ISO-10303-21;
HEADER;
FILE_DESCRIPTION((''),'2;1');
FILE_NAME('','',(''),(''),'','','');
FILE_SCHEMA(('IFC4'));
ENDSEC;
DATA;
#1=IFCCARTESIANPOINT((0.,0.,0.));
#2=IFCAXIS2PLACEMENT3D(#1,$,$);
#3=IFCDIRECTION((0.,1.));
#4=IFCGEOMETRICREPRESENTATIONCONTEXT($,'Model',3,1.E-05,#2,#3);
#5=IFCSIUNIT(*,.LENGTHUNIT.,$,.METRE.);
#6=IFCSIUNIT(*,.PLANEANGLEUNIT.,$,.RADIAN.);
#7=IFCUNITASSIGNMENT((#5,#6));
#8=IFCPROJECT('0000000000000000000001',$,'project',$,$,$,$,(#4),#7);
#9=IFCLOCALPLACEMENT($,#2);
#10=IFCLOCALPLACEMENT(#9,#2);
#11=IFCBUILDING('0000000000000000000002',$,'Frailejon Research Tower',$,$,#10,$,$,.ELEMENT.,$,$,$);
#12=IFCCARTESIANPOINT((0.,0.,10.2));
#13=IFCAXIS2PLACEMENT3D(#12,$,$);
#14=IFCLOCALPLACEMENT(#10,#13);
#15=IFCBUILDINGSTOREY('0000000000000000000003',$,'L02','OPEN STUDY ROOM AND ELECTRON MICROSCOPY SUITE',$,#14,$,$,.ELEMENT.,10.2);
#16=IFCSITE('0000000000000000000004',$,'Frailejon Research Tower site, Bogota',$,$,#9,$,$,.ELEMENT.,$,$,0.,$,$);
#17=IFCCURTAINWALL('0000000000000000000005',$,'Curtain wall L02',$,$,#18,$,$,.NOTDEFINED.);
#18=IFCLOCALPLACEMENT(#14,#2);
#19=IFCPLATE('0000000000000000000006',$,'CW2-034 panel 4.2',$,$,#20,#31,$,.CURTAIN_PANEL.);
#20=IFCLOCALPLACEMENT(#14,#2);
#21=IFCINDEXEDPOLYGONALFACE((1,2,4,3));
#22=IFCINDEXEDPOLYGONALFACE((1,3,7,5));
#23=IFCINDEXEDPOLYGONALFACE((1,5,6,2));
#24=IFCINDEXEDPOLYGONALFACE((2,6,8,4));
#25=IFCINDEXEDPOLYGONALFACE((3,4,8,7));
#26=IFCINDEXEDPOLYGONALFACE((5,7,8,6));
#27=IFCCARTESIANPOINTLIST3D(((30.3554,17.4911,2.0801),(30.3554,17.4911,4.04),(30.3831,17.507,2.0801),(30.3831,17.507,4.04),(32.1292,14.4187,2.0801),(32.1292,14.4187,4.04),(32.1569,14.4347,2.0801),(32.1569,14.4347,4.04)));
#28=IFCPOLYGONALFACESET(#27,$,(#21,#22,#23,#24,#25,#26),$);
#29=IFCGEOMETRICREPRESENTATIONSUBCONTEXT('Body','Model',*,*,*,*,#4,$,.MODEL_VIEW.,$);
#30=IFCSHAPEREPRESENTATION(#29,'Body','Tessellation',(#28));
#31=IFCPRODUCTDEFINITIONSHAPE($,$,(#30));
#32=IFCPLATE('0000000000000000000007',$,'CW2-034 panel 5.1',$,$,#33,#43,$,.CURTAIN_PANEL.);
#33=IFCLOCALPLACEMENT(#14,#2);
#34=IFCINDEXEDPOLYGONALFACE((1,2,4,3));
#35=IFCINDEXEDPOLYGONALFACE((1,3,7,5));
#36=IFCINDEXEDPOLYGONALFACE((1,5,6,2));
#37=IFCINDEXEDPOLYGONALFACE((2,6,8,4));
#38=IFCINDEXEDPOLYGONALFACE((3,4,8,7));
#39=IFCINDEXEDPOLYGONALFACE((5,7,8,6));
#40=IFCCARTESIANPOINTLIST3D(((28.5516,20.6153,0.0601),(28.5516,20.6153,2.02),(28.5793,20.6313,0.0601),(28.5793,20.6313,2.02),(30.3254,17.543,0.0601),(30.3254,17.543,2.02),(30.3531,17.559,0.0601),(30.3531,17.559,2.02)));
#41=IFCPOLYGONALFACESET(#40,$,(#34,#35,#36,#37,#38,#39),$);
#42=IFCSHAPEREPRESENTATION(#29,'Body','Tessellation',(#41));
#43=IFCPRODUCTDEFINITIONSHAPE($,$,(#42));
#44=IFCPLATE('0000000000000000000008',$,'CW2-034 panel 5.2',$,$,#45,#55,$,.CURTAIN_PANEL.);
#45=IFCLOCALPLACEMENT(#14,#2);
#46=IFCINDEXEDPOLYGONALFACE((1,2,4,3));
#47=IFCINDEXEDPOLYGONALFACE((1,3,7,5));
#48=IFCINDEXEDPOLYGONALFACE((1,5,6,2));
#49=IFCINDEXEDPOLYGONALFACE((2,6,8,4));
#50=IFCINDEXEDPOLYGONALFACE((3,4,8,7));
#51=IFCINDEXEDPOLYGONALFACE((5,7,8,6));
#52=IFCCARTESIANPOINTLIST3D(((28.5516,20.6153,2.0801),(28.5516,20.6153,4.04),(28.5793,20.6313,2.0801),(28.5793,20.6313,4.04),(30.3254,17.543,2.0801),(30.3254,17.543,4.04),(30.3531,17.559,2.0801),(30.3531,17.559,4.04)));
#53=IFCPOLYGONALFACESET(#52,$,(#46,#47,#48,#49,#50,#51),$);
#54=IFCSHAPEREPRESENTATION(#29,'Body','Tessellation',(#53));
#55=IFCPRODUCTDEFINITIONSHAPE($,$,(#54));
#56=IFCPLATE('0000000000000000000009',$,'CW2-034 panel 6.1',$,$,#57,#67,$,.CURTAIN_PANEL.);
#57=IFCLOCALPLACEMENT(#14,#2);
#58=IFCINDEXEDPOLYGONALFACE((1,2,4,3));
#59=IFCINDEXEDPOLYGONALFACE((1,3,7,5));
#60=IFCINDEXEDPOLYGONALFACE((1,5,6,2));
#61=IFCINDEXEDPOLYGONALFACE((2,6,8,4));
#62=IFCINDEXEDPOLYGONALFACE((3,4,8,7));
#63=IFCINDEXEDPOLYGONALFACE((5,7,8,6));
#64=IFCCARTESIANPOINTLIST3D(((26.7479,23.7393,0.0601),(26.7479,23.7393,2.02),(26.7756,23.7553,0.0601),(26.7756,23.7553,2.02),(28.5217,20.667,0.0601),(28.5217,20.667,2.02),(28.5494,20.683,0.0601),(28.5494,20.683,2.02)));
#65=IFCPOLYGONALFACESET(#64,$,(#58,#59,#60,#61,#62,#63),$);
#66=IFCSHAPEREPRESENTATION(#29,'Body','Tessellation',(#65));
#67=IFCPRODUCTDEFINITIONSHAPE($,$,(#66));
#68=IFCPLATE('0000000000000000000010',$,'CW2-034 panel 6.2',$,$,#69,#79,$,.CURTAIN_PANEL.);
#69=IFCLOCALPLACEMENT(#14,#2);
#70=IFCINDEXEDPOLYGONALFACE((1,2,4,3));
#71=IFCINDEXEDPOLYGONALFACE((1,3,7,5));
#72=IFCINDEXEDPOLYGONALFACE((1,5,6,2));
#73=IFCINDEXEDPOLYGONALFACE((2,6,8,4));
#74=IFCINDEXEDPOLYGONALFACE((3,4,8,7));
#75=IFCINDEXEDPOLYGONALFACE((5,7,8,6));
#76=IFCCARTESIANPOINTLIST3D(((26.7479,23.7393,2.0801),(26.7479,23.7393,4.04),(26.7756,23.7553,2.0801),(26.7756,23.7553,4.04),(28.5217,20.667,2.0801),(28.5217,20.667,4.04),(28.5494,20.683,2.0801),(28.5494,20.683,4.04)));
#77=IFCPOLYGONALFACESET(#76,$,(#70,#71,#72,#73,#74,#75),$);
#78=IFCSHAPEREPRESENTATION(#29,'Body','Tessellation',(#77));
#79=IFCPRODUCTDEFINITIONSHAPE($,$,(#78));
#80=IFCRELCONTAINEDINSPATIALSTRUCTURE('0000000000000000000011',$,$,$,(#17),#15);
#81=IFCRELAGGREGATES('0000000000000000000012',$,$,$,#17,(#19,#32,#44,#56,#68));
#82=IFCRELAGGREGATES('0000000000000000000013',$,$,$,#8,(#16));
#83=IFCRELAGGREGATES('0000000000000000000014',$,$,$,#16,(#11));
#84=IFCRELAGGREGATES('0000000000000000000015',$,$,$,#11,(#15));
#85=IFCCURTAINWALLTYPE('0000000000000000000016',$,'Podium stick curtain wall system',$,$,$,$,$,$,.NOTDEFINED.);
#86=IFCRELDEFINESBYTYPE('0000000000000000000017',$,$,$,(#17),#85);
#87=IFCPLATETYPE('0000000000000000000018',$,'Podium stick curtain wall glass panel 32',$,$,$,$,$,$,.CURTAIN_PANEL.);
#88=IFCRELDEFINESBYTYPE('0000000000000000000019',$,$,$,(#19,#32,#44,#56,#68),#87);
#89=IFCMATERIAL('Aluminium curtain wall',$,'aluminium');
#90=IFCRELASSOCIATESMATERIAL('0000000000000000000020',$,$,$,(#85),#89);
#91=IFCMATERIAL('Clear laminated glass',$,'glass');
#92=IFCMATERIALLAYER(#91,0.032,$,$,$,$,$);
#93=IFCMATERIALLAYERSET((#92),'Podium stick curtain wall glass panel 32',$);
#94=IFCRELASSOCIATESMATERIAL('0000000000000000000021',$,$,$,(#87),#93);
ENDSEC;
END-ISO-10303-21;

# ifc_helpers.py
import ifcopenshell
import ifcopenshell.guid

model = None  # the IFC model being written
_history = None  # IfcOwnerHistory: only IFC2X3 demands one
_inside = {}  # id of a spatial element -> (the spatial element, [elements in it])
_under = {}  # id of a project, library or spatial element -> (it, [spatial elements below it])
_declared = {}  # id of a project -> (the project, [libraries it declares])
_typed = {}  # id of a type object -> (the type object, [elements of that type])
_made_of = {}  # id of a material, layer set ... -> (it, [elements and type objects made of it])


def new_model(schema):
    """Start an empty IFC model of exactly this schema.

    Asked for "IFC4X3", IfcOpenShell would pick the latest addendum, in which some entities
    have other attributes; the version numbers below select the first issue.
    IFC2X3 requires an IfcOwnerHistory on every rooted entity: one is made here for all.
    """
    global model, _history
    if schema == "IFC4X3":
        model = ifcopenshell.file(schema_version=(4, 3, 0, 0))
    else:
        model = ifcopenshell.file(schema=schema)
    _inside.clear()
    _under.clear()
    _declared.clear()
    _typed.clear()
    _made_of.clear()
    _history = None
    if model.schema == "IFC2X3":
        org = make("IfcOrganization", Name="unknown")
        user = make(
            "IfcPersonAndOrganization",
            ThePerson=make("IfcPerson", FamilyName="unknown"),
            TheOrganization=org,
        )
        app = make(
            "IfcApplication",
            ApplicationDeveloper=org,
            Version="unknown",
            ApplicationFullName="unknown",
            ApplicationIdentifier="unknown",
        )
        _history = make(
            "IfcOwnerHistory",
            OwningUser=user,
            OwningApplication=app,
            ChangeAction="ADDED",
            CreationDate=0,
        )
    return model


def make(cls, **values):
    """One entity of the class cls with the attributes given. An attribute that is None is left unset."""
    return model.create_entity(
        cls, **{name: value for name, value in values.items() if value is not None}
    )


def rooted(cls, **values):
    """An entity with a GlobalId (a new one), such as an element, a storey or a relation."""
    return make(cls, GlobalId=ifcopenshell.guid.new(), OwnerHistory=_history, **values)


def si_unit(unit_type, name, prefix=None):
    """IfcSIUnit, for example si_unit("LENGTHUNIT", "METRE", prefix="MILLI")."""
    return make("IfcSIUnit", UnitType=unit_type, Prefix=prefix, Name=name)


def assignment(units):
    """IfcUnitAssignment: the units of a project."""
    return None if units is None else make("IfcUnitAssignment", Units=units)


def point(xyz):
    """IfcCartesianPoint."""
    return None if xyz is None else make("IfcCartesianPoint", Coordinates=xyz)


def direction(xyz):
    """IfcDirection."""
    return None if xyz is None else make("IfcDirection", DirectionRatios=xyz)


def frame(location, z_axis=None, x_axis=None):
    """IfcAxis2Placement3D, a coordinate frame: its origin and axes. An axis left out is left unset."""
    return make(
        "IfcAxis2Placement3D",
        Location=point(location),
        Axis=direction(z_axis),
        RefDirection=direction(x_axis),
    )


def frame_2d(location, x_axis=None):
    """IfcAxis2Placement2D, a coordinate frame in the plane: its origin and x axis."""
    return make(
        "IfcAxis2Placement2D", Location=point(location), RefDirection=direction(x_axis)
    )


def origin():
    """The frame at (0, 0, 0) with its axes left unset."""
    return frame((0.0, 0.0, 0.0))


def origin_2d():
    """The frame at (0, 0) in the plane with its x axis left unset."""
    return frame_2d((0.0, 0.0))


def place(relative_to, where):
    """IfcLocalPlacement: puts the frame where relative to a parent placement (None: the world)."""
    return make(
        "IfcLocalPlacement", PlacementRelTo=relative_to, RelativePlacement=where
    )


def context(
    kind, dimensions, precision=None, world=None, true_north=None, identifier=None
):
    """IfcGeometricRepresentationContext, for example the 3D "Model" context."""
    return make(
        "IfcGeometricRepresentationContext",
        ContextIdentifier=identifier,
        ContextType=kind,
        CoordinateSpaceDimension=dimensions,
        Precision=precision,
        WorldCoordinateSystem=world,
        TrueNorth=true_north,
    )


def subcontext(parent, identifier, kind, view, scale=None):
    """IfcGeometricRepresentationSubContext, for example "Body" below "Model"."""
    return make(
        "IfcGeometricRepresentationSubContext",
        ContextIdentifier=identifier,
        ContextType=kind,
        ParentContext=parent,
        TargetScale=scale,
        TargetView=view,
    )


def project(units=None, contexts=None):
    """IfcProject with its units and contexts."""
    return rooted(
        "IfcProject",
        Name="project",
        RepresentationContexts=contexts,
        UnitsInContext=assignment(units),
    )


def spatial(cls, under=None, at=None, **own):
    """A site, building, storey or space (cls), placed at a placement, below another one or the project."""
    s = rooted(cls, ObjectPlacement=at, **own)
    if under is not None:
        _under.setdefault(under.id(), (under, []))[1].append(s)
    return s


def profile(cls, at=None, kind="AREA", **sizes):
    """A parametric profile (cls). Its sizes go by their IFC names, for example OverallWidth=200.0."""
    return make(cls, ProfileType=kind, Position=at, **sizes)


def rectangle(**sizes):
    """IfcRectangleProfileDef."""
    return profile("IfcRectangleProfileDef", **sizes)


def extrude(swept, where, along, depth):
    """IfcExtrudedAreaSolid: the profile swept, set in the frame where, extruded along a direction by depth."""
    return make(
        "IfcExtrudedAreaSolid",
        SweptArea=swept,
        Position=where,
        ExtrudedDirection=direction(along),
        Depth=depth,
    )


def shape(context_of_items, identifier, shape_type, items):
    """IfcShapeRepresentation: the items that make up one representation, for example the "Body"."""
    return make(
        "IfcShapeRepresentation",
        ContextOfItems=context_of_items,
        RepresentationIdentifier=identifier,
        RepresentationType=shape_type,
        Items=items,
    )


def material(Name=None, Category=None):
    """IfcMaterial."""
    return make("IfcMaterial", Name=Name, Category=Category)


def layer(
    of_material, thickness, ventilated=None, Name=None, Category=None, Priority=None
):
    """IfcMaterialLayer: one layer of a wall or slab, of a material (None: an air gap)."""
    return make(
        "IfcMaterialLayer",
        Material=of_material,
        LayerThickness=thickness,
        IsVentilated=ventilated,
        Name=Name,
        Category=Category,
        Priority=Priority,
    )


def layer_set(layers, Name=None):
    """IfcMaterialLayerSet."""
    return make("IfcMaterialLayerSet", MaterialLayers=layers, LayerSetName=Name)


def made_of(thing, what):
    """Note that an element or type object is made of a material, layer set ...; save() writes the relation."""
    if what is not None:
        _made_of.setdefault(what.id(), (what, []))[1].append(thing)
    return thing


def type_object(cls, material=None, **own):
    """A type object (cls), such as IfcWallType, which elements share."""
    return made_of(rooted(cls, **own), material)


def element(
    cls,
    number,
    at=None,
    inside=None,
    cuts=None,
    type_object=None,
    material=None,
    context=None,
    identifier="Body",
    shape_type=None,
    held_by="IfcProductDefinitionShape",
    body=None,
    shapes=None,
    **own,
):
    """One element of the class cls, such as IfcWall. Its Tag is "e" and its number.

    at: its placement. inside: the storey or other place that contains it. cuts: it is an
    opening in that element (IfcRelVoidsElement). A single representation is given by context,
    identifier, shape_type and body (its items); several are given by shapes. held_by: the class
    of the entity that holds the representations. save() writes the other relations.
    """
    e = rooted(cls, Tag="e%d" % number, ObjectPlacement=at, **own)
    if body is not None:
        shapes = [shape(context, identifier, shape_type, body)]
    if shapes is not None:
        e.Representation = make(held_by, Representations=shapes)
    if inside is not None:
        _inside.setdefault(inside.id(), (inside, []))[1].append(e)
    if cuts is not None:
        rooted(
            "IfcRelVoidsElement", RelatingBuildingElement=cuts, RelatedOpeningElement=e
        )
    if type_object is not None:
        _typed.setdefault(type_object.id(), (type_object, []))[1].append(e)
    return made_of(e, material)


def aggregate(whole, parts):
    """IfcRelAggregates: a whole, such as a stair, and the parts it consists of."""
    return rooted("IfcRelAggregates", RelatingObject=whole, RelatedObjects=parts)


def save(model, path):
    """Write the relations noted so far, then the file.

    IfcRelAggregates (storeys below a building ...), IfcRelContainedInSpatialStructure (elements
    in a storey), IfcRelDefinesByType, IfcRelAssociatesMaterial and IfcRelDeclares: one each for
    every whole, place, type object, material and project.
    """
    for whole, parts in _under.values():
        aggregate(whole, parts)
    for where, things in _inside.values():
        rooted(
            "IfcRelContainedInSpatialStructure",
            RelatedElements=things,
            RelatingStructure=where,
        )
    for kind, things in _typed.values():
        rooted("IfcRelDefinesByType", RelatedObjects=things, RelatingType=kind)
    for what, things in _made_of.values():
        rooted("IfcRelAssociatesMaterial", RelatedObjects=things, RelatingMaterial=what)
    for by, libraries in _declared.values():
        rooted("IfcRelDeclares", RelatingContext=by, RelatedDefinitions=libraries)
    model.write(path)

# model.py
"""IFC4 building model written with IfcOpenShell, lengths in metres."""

from ifc_helpers import new_model, si_unit, direction, frame, origin, origin_2d, place, context, subcontext, project, spatial, rectangle, extrude, material, layer, layer_set, type_object, element, aggregate, save


model = new_model("IFC4")

# Units and contexts
model_context = context("Model", 3, precision=1e-05, world=origin(), true_north=direction((0.0, 1.0)))
body_context = subcontext(model_context, "Body", "Model", "MODEL_VIEW")
ifc_project = project(units=[si_unit("LENGTHUNIT", "METRE"), si_unit("PLANEANGLEUNIT", "RADIAN")], contexts=[model_context])

# Site, building, storey
site_placement = place(None, origin())
site = spatial("IfcSite", under=ifc_project, at=site_placement, Name="Frailejon Research Tower site, Bogota", CompositionType="ELEMENT", RefElevation=0.0)
building_placement = place(site_placement, origin())
building = spatial("IfcBuilding", under=site, at=building_placement, Name="Frailejon Research Tower", CompositionType="ELEMENT")
storey_placement = place(building_placement, frame((0.0, 0.0, 10.2)))
storey = spatial("IfcBuildingStorey", under=building, at=storey_placement, Name="L02", Description="OPEN STUDY ROOM AND ELECTRON MICROSCOPY SUITE", CompositionType="ELEMENT", Elevation=10.2)

# Curtain wall, plates
ifc_material_1 = material(Name="Aluminium curtain wall", Category="aluminium")
curtain_wall_type = type_object("IfcCurtainWallType", Name="Podium stick curtain wall system", PredefinedType="NOTDEFINED", material=ifc_material_1)
curtain_wall_placement = place(storey_placement, origin())
curtain_wall = element("IfcCurtainWall", 1, at=curtain_wall_placement, inside=storey, type_object=curtain_wall_type, Name="Curtain wall L02", PredefinedType="NOTDEFINED")
ifc_material_2 = material(Name="Clear laminated glass", Category="glass")
ifc_layer = layer(ifc_material_2, 0.032)
ifc_layer_set = layer_set([ifc_layer], Name="Podium stick curtain wall glass panel 32")
plate_type = type_object("IfcPlateType", Name="Podium stick curtain wall glass panel 32", PredefinedType="CURTAIN_PANEL", material=ifc_layer_set)
plate_1_placement = place(storey_placement, frame((31.2561, 15.9629, 2.0801), z_axis=(0.0, 0.0, 1.0), x_axis=(-0.499998, 0.866026, 0.0)))
plate_1 = element("IfcPlate", 2, at=plate_1_placement, type_object=plate_type, Name="CW2-034 panel 4.2", PredefinedType="CURTAIN_PANEL", context=body_context, shape_type="SweptSolid", body=[
    extrude(rectangle(XDim=3.5476, YDim=0.032, at=origin_2d()), origin(), (0.0, 0.0, 1.0), 1.96),
])
plate_2_placement = place(storey_placement, frame((29.4524, 19.0872, 0.0601), z_axis=(0.0, 0.0, 1.0), x_axis=(-0.499998, 0.866026, 0.0)))
plate_2 = element("IfcPlate", 3, at=plate_2_placement, type_object=plate_type, Name="CW2-034 panel 5.1", PredefinedType="CURTAIN_PANEL", context=body_context, shape_type="SweptSolid", body=[
    extrude(rectangle(XDim=3.5476, YDim=0.032, at=origin_2d()), origin(), (0.0, 0.0, 1.0), 1.96),
])
plate_3_placement = place(storey_placement, frame((29.4524, 19.0872, 2.0801), z_axis=(0.0, 0.0, 1.0), x_axis=(-0.499998, 0.866026, 0.0)))
plate_3 = element("IfcPlate", 4, at=plate_3_placement, type_object=plate_type, Name="CW2-034 panel 5.2", PredefinedType="CURTAIN_PANEL", context=body_context, shape_type="SweptSolid", body=[
    extrude(rectangle(XDim=3.5476, YDim=0.032, at=origin_2d()), origin(), (0.0, 0.0, 1.0), 1.96),
])
plate_4_placement = place(storey_placement, frame((27.6487, 22.2112, 0.0601), z_axis=(0.0, 0.0, 1.0), x_axis=(-0.499998, 0.866026, 0.0)))
plate_4 = element("IfcPlate", 5, at=plate_4_placement, type_object=plate_type, Name="CW2-034 panel 6.1", PredefinedType="CURTAIN_PANEL", context=body_context, shape_type="SweptSolid", body=[
    extrude(rectangle(XDim=3.5476, YDim=0.032, at=origin_2d()), origin(), (0.0, 0.0, 1.0), 1.96),
])
plate_5_placement = place(storey_placement, frame((27.6487, 22.2112, 2.0801), z_axis=(0.0, 0.0, 1.0), x_axis=(-0.499998, 0.866026, 0.0)))
plate_5 = element("IfcPlate", 6, at=plate_5_placement, type_object=plate_type, Name="CW2-034 panel 6.2", PredefinedType="CURTAIN_PANEL", context=body_context, shape_type="SweptSolid", body=[
    extrude(rectangle(XDim=3.5476, YDim=0.032, at=origin_2d()), origin(), (0.0, 0.0, 1.0), 1.96),
])
aggregate(curtain_wall, [plate_1, plate_2, plate_3, plate_4, plate_5])

save(model, "model.ifc")
